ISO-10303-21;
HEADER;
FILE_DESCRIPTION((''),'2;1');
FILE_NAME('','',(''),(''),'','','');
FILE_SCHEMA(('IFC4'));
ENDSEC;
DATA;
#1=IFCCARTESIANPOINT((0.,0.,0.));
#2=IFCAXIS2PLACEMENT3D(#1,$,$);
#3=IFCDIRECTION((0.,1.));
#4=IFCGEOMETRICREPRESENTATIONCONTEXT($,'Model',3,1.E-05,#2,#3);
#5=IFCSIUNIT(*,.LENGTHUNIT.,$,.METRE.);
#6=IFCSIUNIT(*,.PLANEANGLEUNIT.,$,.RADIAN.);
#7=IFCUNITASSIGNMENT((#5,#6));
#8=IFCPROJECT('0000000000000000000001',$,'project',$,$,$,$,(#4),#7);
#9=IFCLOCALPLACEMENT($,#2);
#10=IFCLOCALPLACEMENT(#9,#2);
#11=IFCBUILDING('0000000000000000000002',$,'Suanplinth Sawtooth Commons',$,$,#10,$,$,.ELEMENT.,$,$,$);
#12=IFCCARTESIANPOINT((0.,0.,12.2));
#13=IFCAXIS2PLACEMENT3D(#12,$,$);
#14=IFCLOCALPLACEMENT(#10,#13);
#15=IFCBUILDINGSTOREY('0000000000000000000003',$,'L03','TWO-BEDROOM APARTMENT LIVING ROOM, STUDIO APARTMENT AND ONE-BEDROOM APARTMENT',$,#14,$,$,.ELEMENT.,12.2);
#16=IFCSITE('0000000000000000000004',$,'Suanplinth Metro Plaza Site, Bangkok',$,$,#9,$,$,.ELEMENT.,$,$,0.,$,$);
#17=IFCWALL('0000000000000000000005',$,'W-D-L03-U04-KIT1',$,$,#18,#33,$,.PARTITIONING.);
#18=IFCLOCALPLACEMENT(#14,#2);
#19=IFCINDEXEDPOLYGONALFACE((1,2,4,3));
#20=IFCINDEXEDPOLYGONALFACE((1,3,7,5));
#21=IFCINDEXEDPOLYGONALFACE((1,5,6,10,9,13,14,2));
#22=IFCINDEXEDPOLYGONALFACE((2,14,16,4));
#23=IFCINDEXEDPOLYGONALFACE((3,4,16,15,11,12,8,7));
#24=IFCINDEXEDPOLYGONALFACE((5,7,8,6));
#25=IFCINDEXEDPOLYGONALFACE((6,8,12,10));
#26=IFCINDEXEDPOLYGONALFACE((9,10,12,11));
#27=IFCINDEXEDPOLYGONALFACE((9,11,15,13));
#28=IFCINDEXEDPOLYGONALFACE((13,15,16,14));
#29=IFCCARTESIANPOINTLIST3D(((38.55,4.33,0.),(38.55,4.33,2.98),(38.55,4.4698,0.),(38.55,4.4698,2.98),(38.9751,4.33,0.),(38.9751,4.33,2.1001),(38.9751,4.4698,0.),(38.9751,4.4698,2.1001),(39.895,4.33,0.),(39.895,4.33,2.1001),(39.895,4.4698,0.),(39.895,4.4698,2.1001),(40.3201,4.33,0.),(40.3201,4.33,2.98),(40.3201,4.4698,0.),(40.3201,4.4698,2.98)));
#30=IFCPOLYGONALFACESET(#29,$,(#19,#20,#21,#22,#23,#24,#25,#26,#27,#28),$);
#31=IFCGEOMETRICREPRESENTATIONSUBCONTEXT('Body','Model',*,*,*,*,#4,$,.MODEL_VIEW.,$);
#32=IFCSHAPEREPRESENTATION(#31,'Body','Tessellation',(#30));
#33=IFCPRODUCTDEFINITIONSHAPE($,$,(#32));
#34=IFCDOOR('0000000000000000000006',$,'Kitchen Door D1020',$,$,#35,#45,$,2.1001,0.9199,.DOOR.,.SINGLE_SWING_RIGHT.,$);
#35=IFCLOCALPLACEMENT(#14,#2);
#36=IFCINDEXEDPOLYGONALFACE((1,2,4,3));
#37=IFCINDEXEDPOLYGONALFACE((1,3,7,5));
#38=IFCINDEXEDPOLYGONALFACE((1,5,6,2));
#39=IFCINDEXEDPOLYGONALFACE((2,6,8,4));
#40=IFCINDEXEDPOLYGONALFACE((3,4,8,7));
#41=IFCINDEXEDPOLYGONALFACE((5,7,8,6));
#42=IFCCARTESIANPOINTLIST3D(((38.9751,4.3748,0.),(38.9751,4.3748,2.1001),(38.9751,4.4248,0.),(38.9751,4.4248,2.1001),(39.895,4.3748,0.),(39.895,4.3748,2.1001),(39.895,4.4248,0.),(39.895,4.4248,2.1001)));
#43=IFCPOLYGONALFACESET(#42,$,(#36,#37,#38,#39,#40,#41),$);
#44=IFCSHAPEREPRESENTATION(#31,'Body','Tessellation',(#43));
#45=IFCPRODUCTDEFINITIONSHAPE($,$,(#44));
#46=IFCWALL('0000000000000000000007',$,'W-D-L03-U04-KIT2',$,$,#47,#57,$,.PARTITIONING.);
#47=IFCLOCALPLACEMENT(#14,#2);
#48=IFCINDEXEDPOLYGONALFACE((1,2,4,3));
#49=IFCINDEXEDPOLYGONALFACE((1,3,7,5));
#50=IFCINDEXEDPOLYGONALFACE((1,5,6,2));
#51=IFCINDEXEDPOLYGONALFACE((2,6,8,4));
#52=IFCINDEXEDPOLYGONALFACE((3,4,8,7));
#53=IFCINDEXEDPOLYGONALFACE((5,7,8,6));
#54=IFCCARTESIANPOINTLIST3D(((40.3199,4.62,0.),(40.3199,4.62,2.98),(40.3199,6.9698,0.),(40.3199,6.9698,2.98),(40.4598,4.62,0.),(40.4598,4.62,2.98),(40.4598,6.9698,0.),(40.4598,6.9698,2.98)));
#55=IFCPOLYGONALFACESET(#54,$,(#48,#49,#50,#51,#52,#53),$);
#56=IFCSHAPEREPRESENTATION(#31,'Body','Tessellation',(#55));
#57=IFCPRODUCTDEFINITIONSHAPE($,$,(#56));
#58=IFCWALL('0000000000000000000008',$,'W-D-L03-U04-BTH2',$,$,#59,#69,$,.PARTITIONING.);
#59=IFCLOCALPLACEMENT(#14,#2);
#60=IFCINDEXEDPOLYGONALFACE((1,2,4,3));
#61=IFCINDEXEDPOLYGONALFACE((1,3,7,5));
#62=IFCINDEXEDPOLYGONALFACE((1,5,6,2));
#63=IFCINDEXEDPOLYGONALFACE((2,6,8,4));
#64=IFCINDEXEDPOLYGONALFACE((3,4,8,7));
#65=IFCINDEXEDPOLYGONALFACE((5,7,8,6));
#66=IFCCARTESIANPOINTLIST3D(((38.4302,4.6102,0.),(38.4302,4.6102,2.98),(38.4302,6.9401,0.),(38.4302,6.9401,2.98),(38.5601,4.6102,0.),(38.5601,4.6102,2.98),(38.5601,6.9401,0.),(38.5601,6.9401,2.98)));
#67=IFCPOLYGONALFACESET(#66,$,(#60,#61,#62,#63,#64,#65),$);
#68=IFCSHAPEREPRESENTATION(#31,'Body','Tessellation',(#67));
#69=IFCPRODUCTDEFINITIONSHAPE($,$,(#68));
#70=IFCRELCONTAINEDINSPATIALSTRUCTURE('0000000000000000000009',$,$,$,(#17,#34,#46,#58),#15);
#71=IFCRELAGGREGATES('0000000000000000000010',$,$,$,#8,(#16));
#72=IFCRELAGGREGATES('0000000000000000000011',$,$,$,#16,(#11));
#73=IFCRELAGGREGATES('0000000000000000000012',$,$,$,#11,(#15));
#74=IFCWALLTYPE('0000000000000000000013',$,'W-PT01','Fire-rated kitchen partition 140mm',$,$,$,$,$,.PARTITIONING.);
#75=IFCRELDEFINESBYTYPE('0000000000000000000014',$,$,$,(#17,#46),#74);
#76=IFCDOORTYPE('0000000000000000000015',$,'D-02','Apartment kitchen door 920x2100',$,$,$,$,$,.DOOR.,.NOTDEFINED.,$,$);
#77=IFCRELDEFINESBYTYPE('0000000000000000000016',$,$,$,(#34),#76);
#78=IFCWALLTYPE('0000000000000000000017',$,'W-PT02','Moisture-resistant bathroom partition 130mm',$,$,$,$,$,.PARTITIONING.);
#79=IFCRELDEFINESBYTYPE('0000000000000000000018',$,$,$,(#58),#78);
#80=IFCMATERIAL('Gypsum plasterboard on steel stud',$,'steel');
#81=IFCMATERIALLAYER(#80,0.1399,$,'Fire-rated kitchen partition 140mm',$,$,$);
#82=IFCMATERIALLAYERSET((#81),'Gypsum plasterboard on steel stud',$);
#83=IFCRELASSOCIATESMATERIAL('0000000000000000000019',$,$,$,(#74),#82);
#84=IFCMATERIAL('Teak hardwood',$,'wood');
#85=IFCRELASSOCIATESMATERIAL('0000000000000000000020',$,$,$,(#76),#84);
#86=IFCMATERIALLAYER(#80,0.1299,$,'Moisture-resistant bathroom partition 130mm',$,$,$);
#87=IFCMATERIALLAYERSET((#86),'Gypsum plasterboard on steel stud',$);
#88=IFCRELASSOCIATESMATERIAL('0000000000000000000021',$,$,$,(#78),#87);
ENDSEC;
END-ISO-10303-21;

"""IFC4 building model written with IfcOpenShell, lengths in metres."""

from ifc_helpers import new_model, si_unit, direction, frame, frame_2d, origin, place, context, subcontext, project, spatial, rectangle, extrude, material, layer, layer_set, type_object, element, fill, save


model = new_model("IFC4")

# Units and contexts
model_context = context("Model", 3, precision=1e-05, world=origin(), true_north=direction((0.0, 1.0)))
body_context = subcontext(model_context, "Body", "Model", "MODEL_VIEW")
ifc_project = project(units=[si_unit("LENGTHUNIT", "METRE"), si_unit("PLANEANGLEUNIT", "RADIAN")], contexts=[model_context])

# Site, building, storey
site_placement = place(None, origin())
site = spatial("IfcSite", under=ifc_project, at=site_placement, Name="Suanplinth Metro Plaza Site, Bangkok", CompositionType="ELEMENT", RefElevation=0.0)
building_placement = place(site_placement, origin())
building = spatial("IfcBuilding", under=site, at=building_placement, Name="Suanplinth Sawtooth Commons", CompositionType="ELEMENT")
storey_placement = place(building_placement, frame((0.0, 0.0, 12.2)))
storey = spatial("IfcBuildingStorey", under=building, at=storey_placement, Name="L03", Description="TWO-BEDROOM APARTMENT LIVING ROOM, STUDIO APARTMENT AND ONE-BEDROOM APARTMENT", CompositionType="ELEMENT", Elevation=12.2)

# Wall, opening, door
ifc_material_1 = material(Name="Gypsum plasterboard on steel stud", Category="steel")
ifc_layer_1 = layer(ifc_material_1, 0.1399, Name="Fire-rated kitchen partition 140mm")
ifc_layer_set_1 = layer_set([ifc_layer_1], Name="Gypsum plasterboard on steel stud")
wall_type_1 = type_object("IfcWallType", Name="W-PT01", Description="Fire-rated kitchen partition 140mm", PredefinedType="PARTITIONING", material=ifc_layer_set_1)
wall_1_placement = place(storey_placement, frame((38.55, 4.3999, 0.0), z_axis=(0.0, 0.0, 1.0), x_axis=(1.0, 0.0, 0.0)))
wall_1 = element("IfcWall", 1, at=wall_1_placement, inside=storey, type_object=wall_type_1, Name="W-D-L03-U04-KIT1", PredefinedType="PARTITIONING", context=body_context, shape_type="SweptSolid", body=[
    extrude(rectangle(XDim=1.77, YDim=0.1399, at=frame_2d((0.885, 0.0))), origin(), (0.0, 0.0, 1.0), 2.98),
])
opening_1_placement = place(wall_1_placement, frame((0.425, 0.0, 0.0)))
opening_1 = element("IfcOpeningElement", 2, at=opening_1_placement, cuts=wall_1, PredefinedType="OPENING", context=body_context, shape_type="SweptSolid", body=[
    extrude(rectangle(XDim=0.9199, YDim=2.1001, at=frame_2d((0.46, 1.05))), frame((0.0, 0.085, 0.0), z_axis=(0.0, -1.0, 0.0), x_axis=(1.0, 0.0, 0.0)), (0.0, 0.0, 1.0), 0.1697),
])
ifc_material_2 = material(Name="Teak hardwood", Category="wood")
door_type_1 = type_object("IfcDoorType", Name="D-02", Description="Apartment kitchen door 920x2100", OperationType="NOTDEFINED", PredefinedType="DOOR", material=ifc_material_2)
door_1_placement = place(opening_1_placement, origin())
door_1 = element("IfcDoor", 3, at=door_1_placement, inside=storey, type_object=door_type_1, Name="Kitchen Door D1020", OperationType="SINGLE_SWING_RIGHT", OverallHeight=2.1001, OverallWidth=0.9199, PredefinedType="DOOR", context=body_context, shape_type="SweptSolid", body=[
    extrude(rectangle(XDim=0.9199, YDim=2.1001, at=frame_2d((0.46, 1.05))), frame((0.0, 0.0249, 0.0), z_axis=(0.0, -1.0, 0.0), x_axis=(1.0, 0.0, 0.0)), (0.0, 0.0, 1.0), 0.05),
])
fill(opening_1, door_1)

# Walls
wall_2_placement = place(storey_placement, frame((40.3899, 4.6201, 0.0), z_axis=(0.0, 0.0, 1.0), x_axis=(0.0, 1.0, 0.0)))
element("IfcWall", 4, at=wall_2_placement, inside=storey, type_object=wall_type_1, Name="W-D-L03-U04-KIT2", PredefinedType="PARTITIONING", context=body_context, shape_type="SweptSolid", body=[
    extrude(rectangle(XDim=2.3499, YDim=0.1399, at=frame_2d((1.1748, 0.0))), origin(), (0.0, 0.0, 1.0), 2.98),
])
ifc_layer_2 = layer(ifc_material_1, 0.1299, Name="Moisture-resistant bathroom partition 130mm")
ifc_layer_set_2 = layer_set([ifc_layer_2], Name="Gypsum plasterboard on steel stud")
wall_type_2 = type_object("IfcWallType", Name="W-PT02", Description="Moisture-resistant bathroom partition 130mm", PredefinedType="PARTITIONING", material=ifc_layer_set_2)
wall_3_placement = place(storey_placement, frame((38.4951, 4.6101, 0.0), z_axis=(0.0, 0.0, 1.0), x_axis=(0.0, 1.0, 0.0)))
element("IfcWall", 5, at=wall_3_placement, inside=storey, type_object=wall_type_2, Name="W-D-L03-U04-BTH2", PredefinedType="PARTITIONING", context=body_context, shape_type="SweptSolid", body=[
    extrude(rectangle(XDim=2.3298, YDim=0.1299, at=frame_2d((1.165, 0.0))), origin(), (0.0, 0.0, 1.0), 2.98),
])

save(model, "model.ifc")
